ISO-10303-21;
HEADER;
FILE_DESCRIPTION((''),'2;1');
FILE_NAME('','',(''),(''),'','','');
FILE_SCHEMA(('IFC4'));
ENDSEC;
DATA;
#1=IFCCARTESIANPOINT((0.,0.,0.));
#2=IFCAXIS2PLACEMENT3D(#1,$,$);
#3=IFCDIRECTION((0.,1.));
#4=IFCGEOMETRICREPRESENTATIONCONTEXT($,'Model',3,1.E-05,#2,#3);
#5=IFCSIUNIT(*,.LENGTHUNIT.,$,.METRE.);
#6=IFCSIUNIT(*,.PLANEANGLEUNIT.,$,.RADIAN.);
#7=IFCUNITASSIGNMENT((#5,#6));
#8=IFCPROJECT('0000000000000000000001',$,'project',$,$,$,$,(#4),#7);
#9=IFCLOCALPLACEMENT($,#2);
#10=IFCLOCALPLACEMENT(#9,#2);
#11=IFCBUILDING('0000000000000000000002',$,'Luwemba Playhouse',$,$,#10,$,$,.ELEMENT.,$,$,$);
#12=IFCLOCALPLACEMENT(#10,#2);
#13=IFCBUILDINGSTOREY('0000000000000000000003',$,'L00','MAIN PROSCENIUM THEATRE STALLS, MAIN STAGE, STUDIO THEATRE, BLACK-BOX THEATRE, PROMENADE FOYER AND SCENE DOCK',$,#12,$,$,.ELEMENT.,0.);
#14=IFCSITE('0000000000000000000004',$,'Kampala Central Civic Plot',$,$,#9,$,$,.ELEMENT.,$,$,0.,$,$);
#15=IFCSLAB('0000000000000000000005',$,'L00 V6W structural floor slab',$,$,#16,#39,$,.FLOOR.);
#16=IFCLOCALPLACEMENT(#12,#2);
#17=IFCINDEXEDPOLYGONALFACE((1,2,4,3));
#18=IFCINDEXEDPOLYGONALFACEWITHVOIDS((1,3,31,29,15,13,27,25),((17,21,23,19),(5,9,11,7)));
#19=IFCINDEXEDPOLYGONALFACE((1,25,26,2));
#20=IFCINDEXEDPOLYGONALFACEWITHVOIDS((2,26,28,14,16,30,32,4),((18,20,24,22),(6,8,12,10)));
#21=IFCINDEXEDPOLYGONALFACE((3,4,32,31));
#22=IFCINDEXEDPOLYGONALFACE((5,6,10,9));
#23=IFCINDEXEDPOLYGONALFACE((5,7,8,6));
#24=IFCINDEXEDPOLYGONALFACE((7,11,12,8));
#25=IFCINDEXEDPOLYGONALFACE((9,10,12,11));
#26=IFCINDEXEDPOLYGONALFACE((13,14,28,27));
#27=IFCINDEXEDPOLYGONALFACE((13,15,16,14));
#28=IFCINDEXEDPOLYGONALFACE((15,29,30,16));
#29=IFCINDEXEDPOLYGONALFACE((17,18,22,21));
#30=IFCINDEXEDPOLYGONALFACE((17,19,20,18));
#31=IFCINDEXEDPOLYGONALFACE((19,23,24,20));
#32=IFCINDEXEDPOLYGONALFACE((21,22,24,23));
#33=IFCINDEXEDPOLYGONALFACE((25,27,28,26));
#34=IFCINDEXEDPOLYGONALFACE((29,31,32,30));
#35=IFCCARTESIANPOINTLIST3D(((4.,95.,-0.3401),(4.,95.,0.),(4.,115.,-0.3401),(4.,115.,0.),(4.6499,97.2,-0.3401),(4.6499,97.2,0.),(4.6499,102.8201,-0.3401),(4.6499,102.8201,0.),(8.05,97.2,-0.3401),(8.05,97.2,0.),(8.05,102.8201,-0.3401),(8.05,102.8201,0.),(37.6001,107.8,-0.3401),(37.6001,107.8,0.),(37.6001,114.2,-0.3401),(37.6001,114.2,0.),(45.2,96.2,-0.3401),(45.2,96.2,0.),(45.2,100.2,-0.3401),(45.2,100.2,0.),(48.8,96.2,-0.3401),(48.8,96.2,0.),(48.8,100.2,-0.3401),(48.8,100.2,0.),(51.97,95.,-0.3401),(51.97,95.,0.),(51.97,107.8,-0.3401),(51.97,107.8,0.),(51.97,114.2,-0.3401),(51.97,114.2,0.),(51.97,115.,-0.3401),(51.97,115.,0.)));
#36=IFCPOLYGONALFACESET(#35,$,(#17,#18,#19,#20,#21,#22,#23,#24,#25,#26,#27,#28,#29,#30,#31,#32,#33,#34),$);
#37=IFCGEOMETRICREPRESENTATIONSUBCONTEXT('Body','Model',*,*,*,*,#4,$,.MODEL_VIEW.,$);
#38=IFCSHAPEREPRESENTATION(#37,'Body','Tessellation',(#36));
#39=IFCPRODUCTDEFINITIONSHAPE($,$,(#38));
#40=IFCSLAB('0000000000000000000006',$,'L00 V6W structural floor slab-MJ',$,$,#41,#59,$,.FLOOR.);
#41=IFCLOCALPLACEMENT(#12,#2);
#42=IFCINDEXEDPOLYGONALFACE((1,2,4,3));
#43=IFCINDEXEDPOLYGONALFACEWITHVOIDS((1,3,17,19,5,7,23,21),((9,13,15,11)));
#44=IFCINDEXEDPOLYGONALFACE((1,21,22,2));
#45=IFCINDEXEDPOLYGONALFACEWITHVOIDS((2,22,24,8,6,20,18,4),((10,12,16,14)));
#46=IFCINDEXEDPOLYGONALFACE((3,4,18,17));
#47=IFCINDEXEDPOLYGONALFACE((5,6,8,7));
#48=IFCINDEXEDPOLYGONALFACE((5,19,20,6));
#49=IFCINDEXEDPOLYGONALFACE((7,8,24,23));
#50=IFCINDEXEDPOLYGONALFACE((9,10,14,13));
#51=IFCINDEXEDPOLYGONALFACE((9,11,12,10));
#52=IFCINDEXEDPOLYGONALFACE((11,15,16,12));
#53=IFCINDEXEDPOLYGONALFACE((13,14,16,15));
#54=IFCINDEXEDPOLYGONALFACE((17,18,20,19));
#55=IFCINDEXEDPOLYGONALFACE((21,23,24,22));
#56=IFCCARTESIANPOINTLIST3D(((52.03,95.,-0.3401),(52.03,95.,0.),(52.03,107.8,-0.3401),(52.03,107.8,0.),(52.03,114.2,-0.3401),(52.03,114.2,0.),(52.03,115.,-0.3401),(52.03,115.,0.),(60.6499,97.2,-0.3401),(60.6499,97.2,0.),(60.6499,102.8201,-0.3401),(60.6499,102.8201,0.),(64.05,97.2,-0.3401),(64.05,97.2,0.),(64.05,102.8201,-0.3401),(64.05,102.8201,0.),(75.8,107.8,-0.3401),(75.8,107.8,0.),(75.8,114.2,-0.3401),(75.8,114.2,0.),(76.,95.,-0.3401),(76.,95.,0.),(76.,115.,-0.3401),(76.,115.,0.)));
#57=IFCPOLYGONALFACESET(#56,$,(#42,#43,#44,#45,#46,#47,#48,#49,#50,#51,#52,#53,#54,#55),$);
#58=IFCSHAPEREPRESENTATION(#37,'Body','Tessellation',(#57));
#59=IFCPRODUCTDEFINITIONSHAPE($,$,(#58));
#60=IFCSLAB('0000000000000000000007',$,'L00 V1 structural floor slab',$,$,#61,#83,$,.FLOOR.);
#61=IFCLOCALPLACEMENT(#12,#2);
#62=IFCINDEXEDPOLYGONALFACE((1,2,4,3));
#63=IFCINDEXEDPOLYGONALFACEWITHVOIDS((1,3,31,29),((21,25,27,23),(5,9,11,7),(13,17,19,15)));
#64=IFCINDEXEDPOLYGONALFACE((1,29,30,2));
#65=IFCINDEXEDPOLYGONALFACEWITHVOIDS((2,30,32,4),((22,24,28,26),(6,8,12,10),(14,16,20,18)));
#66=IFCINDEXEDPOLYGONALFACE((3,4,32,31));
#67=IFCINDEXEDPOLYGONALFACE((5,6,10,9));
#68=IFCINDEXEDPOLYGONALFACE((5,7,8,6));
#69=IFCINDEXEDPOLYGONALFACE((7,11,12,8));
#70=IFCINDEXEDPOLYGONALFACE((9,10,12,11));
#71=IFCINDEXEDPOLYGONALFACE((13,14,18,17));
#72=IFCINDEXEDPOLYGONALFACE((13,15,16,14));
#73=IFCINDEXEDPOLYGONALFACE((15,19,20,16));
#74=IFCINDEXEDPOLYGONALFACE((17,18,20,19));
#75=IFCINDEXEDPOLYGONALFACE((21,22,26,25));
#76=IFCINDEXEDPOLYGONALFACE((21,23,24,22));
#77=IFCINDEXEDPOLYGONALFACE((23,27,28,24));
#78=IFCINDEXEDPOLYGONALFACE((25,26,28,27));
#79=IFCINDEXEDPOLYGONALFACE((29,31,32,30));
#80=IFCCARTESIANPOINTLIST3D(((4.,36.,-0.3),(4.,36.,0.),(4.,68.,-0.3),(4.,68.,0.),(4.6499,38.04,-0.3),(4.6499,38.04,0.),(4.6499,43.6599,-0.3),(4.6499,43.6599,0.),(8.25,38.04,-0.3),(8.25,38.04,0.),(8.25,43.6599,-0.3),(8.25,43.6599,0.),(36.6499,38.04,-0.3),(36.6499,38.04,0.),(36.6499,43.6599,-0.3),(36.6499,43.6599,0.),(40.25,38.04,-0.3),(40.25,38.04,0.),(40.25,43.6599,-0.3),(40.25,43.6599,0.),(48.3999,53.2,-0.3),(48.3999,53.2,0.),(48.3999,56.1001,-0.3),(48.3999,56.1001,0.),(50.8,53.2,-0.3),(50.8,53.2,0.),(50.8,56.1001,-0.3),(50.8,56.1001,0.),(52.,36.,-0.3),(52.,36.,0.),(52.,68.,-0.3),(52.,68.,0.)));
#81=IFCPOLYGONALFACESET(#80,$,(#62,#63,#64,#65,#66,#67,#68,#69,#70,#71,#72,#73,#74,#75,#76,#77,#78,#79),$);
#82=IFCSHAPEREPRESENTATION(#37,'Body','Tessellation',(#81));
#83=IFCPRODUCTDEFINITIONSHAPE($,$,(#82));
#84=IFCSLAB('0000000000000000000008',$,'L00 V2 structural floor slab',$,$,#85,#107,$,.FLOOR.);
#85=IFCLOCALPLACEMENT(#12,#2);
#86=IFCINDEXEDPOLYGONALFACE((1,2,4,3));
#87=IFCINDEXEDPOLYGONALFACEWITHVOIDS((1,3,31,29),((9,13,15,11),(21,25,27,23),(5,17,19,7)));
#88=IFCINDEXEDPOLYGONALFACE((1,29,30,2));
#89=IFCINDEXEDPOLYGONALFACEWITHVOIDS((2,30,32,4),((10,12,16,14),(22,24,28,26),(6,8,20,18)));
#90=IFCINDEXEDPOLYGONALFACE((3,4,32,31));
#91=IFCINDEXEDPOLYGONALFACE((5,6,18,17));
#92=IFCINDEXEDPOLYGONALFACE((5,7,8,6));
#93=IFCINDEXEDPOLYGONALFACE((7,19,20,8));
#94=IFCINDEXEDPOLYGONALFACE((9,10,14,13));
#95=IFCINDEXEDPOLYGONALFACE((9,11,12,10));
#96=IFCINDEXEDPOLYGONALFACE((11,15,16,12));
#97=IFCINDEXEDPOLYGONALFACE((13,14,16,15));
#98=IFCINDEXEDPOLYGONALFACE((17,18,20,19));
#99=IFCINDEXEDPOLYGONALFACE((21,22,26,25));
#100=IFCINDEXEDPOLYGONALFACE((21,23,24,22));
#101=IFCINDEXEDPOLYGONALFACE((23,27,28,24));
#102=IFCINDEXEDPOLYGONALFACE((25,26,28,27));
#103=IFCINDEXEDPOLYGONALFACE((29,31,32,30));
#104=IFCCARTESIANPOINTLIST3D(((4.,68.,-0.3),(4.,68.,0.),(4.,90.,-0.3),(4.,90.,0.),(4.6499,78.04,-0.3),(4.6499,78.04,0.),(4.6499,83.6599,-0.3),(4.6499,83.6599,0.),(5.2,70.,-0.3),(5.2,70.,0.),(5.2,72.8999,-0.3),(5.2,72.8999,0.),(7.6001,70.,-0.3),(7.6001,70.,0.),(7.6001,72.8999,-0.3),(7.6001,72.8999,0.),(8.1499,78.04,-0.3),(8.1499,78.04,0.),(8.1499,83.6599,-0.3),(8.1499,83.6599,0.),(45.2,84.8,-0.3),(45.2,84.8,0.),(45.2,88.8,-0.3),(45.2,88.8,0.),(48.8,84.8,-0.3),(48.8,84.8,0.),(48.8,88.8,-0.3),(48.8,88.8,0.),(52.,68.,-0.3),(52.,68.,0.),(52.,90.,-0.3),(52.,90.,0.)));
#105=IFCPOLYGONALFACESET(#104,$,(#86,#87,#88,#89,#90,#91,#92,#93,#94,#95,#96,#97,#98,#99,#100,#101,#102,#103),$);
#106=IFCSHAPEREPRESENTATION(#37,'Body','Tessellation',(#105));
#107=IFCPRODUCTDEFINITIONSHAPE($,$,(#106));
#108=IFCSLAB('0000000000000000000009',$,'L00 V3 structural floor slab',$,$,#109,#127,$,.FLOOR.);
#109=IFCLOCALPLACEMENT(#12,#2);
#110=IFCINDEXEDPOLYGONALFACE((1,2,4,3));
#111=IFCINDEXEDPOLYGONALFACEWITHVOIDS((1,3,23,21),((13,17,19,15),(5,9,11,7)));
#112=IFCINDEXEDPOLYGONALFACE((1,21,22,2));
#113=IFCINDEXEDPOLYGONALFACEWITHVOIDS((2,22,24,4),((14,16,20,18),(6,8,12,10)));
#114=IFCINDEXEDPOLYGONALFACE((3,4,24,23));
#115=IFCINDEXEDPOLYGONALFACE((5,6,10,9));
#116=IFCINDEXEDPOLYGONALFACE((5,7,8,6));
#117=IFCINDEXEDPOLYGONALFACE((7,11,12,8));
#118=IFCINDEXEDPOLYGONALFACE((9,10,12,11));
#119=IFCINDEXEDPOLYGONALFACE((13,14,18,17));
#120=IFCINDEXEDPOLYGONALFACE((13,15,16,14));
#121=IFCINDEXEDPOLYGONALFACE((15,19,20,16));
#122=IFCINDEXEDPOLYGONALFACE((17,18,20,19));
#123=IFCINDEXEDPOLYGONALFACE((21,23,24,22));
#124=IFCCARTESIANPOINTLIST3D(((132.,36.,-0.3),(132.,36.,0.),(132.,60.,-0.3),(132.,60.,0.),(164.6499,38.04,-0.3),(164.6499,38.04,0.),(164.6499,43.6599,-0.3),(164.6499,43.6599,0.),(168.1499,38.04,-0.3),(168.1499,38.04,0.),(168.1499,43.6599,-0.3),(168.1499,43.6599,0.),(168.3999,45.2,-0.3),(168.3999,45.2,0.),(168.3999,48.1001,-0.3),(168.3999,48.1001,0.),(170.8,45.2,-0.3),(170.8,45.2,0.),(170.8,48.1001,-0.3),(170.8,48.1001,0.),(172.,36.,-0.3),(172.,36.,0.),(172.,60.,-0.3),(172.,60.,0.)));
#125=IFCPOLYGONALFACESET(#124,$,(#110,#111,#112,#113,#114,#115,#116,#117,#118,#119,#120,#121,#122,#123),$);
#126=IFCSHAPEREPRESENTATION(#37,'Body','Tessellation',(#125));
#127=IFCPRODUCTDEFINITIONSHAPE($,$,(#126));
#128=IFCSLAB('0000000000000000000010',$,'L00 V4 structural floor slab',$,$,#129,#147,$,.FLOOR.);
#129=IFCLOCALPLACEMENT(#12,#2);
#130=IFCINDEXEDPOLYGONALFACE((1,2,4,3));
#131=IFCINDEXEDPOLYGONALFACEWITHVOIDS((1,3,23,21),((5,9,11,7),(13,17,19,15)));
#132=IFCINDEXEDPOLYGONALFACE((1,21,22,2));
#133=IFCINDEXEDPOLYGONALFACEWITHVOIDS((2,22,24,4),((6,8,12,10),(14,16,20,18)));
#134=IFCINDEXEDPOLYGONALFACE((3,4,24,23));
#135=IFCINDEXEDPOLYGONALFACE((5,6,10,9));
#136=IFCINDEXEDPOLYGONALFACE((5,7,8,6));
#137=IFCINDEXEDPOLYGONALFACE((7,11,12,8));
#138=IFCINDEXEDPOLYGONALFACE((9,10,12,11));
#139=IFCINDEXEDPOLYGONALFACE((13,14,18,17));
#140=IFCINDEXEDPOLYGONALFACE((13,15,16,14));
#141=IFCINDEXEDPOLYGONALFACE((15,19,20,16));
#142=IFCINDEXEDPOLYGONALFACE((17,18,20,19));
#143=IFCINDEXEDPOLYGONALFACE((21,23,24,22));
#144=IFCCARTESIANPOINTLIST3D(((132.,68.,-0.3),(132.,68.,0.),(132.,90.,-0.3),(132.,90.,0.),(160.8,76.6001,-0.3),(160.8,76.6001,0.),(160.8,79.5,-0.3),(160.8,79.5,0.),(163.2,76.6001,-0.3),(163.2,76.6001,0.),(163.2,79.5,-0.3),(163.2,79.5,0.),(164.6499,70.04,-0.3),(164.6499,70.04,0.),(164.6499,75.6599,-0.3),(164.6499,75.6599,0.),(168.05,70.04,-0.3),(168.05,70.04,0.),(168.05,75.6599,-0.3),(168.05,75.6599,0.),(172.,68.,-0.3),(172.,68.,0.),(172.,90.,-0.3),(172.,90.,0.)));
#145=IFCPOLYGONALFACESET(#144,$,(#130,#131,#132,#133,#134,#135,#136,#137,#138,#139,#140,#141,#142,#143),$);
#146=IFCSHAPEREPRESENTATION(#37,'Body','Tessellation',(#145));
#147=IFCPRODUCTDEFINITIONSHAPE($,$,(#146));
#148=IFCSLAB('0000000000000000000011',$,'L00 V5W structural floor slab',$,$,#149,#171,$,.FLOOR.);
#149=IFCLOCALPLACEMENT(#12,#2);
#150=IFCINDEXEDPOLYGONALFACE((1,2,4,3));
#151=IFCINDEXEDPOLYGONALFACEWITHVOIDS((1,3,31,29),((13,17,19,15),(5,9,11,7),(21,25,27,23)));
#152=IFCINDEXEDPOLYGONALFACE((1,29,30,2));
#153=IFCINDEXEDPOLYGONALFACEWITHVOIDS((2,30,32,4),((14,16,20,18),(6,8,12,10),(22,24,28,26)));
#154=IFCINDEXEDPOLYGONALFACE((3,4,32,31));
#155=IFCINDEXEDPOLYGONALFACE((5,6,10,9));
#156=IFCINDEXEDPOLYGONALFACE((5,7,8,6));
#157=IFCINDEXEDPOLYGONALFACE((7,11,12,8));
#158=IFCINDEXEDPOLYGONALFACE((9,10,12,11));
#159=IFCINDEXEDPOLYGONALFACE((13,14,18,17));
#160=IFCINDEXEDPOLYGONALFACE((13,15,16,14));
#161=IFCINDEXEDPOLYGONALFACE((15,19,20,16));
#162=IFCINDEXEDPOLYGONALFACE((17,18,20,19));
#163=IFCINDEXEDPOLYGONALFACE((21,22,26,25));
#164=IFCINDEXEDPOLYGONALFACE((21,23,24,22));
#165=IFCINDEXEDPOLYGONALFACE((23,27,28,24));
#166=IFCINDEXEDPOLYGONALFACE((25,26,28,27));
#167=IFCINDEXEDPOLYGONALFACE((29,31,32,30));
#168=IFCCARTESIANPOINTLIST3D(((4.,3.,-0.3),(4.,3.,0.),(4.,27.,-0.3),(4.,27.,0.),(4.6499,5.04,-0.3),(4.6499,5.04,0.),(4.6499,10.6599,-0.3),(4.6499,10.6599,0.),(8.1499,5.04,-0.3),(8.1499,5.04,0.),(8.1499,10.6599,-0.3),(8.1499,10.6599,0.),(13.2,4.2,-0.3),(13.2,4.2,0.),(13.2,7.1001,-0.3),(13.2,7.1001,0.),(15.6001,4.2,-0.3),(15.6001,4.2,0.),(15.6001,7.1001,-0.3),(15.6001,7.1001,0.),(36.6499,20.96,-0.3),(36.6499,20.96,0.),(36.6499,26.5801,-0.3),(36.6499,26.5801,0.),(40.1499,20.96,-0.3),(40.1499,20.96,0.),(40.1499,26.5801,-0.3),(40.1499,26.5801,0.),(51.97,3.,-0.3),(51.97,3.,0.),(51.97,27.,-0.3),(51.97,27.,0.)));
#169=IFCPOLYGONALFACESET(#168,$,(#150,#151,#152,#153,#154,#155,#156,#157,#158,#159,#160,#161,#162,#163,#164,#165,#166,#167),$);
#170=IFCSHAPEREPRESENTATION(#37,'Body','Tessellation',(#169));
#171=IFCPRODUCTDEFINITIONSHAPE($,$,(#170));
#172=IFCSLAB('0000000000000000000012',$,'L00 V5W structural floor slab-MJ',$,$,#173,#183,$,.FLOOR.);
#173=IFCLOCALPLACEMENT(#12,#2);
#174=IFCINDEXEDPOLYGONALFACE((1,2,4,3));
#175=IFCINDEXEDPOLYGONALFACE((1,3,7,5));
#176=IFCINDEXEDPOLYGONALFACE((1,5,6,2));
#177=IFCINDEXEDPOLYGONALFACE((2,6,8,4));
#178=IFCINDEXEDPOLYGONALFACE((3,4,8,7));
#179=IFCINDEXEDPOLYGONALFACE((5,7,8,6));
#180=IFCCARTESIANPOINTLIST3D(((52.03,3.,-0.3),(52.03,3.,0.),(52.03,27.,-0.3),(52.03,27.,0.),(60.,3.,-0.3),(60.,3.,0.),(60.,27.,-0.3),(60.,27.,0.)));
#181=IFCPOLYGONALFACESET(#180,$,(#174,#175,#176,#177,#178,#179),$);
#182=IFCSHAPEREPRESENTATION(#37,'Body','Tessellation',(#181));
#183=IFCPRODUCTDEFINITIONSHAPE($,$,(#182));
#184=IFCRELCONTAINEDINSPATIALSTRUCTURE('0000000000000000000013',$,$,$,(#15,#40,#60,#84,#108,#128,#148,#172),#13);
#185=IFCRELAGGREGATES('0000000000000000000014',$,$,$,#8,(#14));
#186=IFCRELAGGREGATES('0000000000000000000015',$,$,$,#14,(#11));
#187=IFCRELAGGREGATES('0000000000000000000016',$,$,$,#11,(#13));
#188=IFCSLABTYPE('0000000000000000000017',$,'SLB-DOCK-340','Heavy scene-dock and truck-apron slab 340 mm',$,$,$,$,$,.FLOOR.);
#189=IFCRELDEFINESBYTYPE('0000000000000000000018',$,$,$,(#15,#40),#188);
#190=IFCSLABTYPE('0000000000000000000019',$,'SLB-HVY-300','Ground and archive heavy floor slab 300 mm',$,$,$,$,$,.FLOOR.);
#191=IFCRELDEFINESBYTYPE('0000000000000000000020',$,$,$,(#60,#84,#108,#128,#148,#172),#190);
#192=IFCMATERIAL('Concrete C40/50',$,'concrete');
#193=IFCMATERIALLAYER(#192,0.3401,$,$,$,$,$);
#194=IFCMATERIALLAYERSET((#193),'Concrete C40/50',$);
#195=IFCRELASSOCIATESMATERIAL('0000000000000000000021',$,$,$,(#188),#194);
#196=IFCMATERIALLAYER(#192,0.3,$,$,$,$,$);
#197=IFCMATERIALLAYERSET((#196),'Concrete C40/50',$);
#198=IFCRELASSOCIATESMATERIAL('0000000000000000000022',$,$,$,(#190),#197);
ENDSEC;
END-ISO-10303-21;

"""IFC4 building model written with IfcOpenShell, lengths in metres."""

from ifc_helpers import new_model, si_unit, direction, frame, origin, place, context, subcontext, project, spatial, polyline, outline, extrude, material, layer, layer_set, type_object, element, save


model = new_model("IFC4")

# Units and contexts
model_context = context("Model", 3, precision=1e-05, world=origin(), true_north=direction((0.0, 1.0)))
body_context = subcontext(model_context, "Body", "Model", "MODEL_VIEW")
ifc_project = project(units=[si_unit("LENGTHUNIT", "METRE"), si_unit("PLANEANGLEUNIT", "RADIAN")], contexts=[model_context])

# Site, building, storey
site_placement = place(None, origin())
site = spatial("IfcSite", under=ifc_project, at=site_placement, Name="Kampala Central Civic Plot", CompositionType="ELEMENT", RefElevation=0.0)
building_placement = place(site_placement, origin())
building = spatial("IfcBuilding", under=site, at=building_placement, Name="Luwemba Playhouse", CompositionType="ELEMENT")
storey_placement = place(building_placement, origin())
storey = spatial("IfcBuildingStorey", under=building, at=storey_placement, Name="L00", Description="MAIN PROSCENIUM THEATRE STALLS, MAIN STAGE, STUDIO THEATRE, BLACK-BOX THEATRE, PROMENADE FOYER AND SCENE DOCK", CompositionType="ELEMENT", Elevation=0.0)

# Slabs
ifc_material_1 = material(Name="Concrete C40/50", Category="concrete")
ifc_layer_1 = layer(ifc_material_1, 0.3401)
ifc_layer_set_1 = layer_set([ifc_layer_1], Name="Concrete C40/50")
slab_type_1 = type_object("IfcSlabType", Name="SLB-DOCK-340", Description="Heavy scene-dock and truck-apron slab 340 mm", PredefinedType="FLOOR", material=ifc_layer_set_1)
slab_1_placement = place(storey_placement, frame((0.0, 0.0, -0.3401)))
element("IfcSlab", 1, at=slab_1_placement, inside=storey, type_object=slab_type_1, Name="L00 V6W structural floor slab", PredefinedType="FLOOR", context=body_context, shape_type="SweptSolid", body=[
    extrude(outline(polyline([(51.97, 115.0), (51.97, 114.2), (37.6001, 114.2), (37.6001, 107.8), (51.97, 107.8), (51.97, 95.0), (4.0, 95.0), (4.0, 115.0), (51.97, 115.0)]), holes=[polyline([(45.2, 96.2), (48.8, 96.2), (48.8, 100.2), (45.2, 100.2), (45.2, 96.2)]), polyline([(8.05, 97.2), (8.05, 102.8201), (4.6499, 102.8201), (4.6499, 97.2), (8.05, 97.2)])]), origin(), (0.0, 0.0, 1.0), 0.3401),
])
slab_2_placement = place(storey_placement, frame((0.0, 0.0, -0.3401)))
element("IfcSlab", 2, at=slab_2_placement, inside=storey, type_object=slab_type_1, Name="L00 V6W structural floor slab-MJ", PredefinedType="FLOOR", context=body_context, shape_type="SweptSolid", body=[
    extrude(outline(polyline([(76.0, 115.0), (76.0, 95.0), (52.03, 95.0), (52.03, 107.8), (75.8, 107.8), (75.8, 114.2), (52.03, 114.2), (52.03, 115.0), (76.0, 115.0)]), holes=[polyline([(64.05, 97.2), (64.05, 102.8201), (60.6499, 102.8201), (60.6499, 97.2), (64.05, 97.2)])]), origin(), (0.0, 0.0, 1.0), 0.3401),
])
ifc_layer_2 = layer(ifc_material_1, 0.3)
ifc_layer_set_2 = layer_set([ifc_layer_2], Name="Concrete C40/50")
slab_type_2 = type_object("IfcSlabType", Name="SLB-HVY-300", Description="Ground and archive heavy floor slab 300 mm", PredefinedType="FLOOR", material=ifc_layer_set_2)
slab_3_placement = place(storey_placement, frame((0.0, 0.0, -0.3)))
element("IfcSlab", 3, at=slab_3_placement, inside=storey, type_object=slab_type_2, Name="L00 V1 structural floor slab", PredefinedType="FLOOR", context=body_context, shape_type="SweptSolid", body=[
    extrude(outline(polyline([(52.0, 68.0), (52.0, 36.0), (4.0, 36.0), (4.0, 68.0), (52.0, 68.0)]), holes=[polyline([(8.25, 43.6599), (4.6499, 43.6599), (4.6499, 38.04), (8.25, 38.04), (8.25, 43.6599)]), polyline([(40.25, 38.04), (40.25, 43.6599), (36.6499, 43.6599), (36.6499, 38.04), (40.25, 38.04)]), polyline([(48.3999, 53.2), (50.8, 53.2), (50.8, 56.1001), (48.3999, 56.1001), (48.3999, 53.2)])]), origin(), (0.0, 0.0, 1.0), 0.3),
])
slab_4_placement = place(storey_placement, frame((0.0, 0.0, -0.3)))
element("IfcSlab", 4, at=slab_4_placement, inside=storey, type_object=slab_type_2, Name="L00 V2 structural floor slab", PredefinedType="FLOOR", context=body_context, shape_type="SweptSolid", body=[
    extrude(outline(polyline([(52.0, 90.0), (52.0, 68.0), (4.0, 68.0), (4.0, 90.0), (52.0, 90.0)]), holes=[polyline([(7.6001, 70.0), (7.6001, 72.8999), (5.2, 72.8999), (5.2, 70.0), (7.6001, 70.0)]), polyline([(8.1499, 78.04), (8.1499, 83.6599), (4.6499, 83.6599), (4.6499, 78.04), (8.1499, 78.04)]), polyline([(45.2, 84.8), (48.8, 84.8), (48.8, 88.8), (45.2, 88.8), (45.2, 84.8)])]), origin(), (0.0, 0.0, 1.0), 0.3),
])
slab_5_placement = place(storey_placement, frame((0.0, 0.0, -0.3)))
element("IfcSlab", 5, at=slab_5_placement, inside=storey, type_object=slab_type_2, Name="L00 V3 structural floor slab", PredefinedType="FLOOR", context=body_context, shape_type="SweptSolid", body=[
    extrude(outline(polyline([(172.0, 60.0), (172.0, 36.0), (132.0, 36.0), (132.0, 60.0), (172.0, 60.0)]), holes=[polyline([(168.1499, 43.6599), (164.6499, 43.6599), (164.6499, 38.04), (168.1499, 38.04), (168.1499, 43.6599)]), polyline([(170.8, 45.2), (170.8, 48.1001), (168.3999, 48.1001), (168.3999, 45.2), (170.8, 45.2)])]), origin(), (0.0, 0.0, 1.0), 0.3),
])
slab_6_placement = place(storey_placement, frame((0.0, 0.0, -0.3)))
element("IfcSlab", 6, at=slab_6_placement, inside=storey, type_object=slab_type_2, Name="L00 V4 structural floor slab", PredefinedType="FLOOR", context=body_context, shape_type="SweptSolid", body=[
    extrude(outline(polyline([(172.0, 90.0), (172.0, 68.0), (132.0, 68.0), (132.0, 90.0), (172.0, 90.0)]), holes=[polyline([(168.05, 75.6599), (164.6499, 75.6599), (164.6499, 70.04), (168.05, 70.04), (168.05, 75.6599)]), polyline([(163.2, 76.6001), (163.2, 79.5), (160.8, 79.5), (160.8, 76.6001), (163.2, 76.6001)])]), origin(), (0.0, 0.0, 1.0), 0.3),
])
slab_7_placement = place(storey_placement, frame((0.0, 0.0, -0.3)))
element("IfcSlab", 7, at=slab_7_placement, inside=storey, type_object=slab_type_2, Name="L00 V5W structural floor slab", PredefinedType="FLOOR", context=body_context, shape_type="SweptSolid", body=[
    extrude(outline(polyline([(51.97, 27.0), (51.97, 3.0), (4.0, 3.0), (4.0, 27.0), (51.97, 27.0)]), holes=[polyline([(15.6001, 4.2), (15.6001, 7.1001), (13.2, 7.1001), (13.2, 4.2), (15.6001, 4.2)]), polyline([(8.1499, 5.04), (8.1499, 10.6599), (4.6499, 10.6599), (4.6499, 5.04), (8.1499, 5.04)]), polyline([(40.1499, 20.96), (40.1499, 26.5801), (36.6499, 26.5801), (36.6499, 20.96), (40.1499, 20.96)])]), origin(), (0.0, 0.0, 1.0), 0.3),
])
slab_8_placement = place(storey_placement, frame((0.0, 0.0, -0.3)))
element("IfcSlab", 8, at=slab_8_placement, inside=storey, type_object=slab_type_2, Name="L00 V5W structural floor slab-MJ", PredefinedType="FLOOR", context=body_context, shape_type="SweptSolid", body=[
    extrude(outline(polyline([(60.0, 27.0), (60.0, 3.0), (52.03, 3.0), (52.03, 27.0), (60.0, 27.0)])), origin(), (0.0, 0.0, 1.0), 0.3),
])

save(model, "model.ifc")
